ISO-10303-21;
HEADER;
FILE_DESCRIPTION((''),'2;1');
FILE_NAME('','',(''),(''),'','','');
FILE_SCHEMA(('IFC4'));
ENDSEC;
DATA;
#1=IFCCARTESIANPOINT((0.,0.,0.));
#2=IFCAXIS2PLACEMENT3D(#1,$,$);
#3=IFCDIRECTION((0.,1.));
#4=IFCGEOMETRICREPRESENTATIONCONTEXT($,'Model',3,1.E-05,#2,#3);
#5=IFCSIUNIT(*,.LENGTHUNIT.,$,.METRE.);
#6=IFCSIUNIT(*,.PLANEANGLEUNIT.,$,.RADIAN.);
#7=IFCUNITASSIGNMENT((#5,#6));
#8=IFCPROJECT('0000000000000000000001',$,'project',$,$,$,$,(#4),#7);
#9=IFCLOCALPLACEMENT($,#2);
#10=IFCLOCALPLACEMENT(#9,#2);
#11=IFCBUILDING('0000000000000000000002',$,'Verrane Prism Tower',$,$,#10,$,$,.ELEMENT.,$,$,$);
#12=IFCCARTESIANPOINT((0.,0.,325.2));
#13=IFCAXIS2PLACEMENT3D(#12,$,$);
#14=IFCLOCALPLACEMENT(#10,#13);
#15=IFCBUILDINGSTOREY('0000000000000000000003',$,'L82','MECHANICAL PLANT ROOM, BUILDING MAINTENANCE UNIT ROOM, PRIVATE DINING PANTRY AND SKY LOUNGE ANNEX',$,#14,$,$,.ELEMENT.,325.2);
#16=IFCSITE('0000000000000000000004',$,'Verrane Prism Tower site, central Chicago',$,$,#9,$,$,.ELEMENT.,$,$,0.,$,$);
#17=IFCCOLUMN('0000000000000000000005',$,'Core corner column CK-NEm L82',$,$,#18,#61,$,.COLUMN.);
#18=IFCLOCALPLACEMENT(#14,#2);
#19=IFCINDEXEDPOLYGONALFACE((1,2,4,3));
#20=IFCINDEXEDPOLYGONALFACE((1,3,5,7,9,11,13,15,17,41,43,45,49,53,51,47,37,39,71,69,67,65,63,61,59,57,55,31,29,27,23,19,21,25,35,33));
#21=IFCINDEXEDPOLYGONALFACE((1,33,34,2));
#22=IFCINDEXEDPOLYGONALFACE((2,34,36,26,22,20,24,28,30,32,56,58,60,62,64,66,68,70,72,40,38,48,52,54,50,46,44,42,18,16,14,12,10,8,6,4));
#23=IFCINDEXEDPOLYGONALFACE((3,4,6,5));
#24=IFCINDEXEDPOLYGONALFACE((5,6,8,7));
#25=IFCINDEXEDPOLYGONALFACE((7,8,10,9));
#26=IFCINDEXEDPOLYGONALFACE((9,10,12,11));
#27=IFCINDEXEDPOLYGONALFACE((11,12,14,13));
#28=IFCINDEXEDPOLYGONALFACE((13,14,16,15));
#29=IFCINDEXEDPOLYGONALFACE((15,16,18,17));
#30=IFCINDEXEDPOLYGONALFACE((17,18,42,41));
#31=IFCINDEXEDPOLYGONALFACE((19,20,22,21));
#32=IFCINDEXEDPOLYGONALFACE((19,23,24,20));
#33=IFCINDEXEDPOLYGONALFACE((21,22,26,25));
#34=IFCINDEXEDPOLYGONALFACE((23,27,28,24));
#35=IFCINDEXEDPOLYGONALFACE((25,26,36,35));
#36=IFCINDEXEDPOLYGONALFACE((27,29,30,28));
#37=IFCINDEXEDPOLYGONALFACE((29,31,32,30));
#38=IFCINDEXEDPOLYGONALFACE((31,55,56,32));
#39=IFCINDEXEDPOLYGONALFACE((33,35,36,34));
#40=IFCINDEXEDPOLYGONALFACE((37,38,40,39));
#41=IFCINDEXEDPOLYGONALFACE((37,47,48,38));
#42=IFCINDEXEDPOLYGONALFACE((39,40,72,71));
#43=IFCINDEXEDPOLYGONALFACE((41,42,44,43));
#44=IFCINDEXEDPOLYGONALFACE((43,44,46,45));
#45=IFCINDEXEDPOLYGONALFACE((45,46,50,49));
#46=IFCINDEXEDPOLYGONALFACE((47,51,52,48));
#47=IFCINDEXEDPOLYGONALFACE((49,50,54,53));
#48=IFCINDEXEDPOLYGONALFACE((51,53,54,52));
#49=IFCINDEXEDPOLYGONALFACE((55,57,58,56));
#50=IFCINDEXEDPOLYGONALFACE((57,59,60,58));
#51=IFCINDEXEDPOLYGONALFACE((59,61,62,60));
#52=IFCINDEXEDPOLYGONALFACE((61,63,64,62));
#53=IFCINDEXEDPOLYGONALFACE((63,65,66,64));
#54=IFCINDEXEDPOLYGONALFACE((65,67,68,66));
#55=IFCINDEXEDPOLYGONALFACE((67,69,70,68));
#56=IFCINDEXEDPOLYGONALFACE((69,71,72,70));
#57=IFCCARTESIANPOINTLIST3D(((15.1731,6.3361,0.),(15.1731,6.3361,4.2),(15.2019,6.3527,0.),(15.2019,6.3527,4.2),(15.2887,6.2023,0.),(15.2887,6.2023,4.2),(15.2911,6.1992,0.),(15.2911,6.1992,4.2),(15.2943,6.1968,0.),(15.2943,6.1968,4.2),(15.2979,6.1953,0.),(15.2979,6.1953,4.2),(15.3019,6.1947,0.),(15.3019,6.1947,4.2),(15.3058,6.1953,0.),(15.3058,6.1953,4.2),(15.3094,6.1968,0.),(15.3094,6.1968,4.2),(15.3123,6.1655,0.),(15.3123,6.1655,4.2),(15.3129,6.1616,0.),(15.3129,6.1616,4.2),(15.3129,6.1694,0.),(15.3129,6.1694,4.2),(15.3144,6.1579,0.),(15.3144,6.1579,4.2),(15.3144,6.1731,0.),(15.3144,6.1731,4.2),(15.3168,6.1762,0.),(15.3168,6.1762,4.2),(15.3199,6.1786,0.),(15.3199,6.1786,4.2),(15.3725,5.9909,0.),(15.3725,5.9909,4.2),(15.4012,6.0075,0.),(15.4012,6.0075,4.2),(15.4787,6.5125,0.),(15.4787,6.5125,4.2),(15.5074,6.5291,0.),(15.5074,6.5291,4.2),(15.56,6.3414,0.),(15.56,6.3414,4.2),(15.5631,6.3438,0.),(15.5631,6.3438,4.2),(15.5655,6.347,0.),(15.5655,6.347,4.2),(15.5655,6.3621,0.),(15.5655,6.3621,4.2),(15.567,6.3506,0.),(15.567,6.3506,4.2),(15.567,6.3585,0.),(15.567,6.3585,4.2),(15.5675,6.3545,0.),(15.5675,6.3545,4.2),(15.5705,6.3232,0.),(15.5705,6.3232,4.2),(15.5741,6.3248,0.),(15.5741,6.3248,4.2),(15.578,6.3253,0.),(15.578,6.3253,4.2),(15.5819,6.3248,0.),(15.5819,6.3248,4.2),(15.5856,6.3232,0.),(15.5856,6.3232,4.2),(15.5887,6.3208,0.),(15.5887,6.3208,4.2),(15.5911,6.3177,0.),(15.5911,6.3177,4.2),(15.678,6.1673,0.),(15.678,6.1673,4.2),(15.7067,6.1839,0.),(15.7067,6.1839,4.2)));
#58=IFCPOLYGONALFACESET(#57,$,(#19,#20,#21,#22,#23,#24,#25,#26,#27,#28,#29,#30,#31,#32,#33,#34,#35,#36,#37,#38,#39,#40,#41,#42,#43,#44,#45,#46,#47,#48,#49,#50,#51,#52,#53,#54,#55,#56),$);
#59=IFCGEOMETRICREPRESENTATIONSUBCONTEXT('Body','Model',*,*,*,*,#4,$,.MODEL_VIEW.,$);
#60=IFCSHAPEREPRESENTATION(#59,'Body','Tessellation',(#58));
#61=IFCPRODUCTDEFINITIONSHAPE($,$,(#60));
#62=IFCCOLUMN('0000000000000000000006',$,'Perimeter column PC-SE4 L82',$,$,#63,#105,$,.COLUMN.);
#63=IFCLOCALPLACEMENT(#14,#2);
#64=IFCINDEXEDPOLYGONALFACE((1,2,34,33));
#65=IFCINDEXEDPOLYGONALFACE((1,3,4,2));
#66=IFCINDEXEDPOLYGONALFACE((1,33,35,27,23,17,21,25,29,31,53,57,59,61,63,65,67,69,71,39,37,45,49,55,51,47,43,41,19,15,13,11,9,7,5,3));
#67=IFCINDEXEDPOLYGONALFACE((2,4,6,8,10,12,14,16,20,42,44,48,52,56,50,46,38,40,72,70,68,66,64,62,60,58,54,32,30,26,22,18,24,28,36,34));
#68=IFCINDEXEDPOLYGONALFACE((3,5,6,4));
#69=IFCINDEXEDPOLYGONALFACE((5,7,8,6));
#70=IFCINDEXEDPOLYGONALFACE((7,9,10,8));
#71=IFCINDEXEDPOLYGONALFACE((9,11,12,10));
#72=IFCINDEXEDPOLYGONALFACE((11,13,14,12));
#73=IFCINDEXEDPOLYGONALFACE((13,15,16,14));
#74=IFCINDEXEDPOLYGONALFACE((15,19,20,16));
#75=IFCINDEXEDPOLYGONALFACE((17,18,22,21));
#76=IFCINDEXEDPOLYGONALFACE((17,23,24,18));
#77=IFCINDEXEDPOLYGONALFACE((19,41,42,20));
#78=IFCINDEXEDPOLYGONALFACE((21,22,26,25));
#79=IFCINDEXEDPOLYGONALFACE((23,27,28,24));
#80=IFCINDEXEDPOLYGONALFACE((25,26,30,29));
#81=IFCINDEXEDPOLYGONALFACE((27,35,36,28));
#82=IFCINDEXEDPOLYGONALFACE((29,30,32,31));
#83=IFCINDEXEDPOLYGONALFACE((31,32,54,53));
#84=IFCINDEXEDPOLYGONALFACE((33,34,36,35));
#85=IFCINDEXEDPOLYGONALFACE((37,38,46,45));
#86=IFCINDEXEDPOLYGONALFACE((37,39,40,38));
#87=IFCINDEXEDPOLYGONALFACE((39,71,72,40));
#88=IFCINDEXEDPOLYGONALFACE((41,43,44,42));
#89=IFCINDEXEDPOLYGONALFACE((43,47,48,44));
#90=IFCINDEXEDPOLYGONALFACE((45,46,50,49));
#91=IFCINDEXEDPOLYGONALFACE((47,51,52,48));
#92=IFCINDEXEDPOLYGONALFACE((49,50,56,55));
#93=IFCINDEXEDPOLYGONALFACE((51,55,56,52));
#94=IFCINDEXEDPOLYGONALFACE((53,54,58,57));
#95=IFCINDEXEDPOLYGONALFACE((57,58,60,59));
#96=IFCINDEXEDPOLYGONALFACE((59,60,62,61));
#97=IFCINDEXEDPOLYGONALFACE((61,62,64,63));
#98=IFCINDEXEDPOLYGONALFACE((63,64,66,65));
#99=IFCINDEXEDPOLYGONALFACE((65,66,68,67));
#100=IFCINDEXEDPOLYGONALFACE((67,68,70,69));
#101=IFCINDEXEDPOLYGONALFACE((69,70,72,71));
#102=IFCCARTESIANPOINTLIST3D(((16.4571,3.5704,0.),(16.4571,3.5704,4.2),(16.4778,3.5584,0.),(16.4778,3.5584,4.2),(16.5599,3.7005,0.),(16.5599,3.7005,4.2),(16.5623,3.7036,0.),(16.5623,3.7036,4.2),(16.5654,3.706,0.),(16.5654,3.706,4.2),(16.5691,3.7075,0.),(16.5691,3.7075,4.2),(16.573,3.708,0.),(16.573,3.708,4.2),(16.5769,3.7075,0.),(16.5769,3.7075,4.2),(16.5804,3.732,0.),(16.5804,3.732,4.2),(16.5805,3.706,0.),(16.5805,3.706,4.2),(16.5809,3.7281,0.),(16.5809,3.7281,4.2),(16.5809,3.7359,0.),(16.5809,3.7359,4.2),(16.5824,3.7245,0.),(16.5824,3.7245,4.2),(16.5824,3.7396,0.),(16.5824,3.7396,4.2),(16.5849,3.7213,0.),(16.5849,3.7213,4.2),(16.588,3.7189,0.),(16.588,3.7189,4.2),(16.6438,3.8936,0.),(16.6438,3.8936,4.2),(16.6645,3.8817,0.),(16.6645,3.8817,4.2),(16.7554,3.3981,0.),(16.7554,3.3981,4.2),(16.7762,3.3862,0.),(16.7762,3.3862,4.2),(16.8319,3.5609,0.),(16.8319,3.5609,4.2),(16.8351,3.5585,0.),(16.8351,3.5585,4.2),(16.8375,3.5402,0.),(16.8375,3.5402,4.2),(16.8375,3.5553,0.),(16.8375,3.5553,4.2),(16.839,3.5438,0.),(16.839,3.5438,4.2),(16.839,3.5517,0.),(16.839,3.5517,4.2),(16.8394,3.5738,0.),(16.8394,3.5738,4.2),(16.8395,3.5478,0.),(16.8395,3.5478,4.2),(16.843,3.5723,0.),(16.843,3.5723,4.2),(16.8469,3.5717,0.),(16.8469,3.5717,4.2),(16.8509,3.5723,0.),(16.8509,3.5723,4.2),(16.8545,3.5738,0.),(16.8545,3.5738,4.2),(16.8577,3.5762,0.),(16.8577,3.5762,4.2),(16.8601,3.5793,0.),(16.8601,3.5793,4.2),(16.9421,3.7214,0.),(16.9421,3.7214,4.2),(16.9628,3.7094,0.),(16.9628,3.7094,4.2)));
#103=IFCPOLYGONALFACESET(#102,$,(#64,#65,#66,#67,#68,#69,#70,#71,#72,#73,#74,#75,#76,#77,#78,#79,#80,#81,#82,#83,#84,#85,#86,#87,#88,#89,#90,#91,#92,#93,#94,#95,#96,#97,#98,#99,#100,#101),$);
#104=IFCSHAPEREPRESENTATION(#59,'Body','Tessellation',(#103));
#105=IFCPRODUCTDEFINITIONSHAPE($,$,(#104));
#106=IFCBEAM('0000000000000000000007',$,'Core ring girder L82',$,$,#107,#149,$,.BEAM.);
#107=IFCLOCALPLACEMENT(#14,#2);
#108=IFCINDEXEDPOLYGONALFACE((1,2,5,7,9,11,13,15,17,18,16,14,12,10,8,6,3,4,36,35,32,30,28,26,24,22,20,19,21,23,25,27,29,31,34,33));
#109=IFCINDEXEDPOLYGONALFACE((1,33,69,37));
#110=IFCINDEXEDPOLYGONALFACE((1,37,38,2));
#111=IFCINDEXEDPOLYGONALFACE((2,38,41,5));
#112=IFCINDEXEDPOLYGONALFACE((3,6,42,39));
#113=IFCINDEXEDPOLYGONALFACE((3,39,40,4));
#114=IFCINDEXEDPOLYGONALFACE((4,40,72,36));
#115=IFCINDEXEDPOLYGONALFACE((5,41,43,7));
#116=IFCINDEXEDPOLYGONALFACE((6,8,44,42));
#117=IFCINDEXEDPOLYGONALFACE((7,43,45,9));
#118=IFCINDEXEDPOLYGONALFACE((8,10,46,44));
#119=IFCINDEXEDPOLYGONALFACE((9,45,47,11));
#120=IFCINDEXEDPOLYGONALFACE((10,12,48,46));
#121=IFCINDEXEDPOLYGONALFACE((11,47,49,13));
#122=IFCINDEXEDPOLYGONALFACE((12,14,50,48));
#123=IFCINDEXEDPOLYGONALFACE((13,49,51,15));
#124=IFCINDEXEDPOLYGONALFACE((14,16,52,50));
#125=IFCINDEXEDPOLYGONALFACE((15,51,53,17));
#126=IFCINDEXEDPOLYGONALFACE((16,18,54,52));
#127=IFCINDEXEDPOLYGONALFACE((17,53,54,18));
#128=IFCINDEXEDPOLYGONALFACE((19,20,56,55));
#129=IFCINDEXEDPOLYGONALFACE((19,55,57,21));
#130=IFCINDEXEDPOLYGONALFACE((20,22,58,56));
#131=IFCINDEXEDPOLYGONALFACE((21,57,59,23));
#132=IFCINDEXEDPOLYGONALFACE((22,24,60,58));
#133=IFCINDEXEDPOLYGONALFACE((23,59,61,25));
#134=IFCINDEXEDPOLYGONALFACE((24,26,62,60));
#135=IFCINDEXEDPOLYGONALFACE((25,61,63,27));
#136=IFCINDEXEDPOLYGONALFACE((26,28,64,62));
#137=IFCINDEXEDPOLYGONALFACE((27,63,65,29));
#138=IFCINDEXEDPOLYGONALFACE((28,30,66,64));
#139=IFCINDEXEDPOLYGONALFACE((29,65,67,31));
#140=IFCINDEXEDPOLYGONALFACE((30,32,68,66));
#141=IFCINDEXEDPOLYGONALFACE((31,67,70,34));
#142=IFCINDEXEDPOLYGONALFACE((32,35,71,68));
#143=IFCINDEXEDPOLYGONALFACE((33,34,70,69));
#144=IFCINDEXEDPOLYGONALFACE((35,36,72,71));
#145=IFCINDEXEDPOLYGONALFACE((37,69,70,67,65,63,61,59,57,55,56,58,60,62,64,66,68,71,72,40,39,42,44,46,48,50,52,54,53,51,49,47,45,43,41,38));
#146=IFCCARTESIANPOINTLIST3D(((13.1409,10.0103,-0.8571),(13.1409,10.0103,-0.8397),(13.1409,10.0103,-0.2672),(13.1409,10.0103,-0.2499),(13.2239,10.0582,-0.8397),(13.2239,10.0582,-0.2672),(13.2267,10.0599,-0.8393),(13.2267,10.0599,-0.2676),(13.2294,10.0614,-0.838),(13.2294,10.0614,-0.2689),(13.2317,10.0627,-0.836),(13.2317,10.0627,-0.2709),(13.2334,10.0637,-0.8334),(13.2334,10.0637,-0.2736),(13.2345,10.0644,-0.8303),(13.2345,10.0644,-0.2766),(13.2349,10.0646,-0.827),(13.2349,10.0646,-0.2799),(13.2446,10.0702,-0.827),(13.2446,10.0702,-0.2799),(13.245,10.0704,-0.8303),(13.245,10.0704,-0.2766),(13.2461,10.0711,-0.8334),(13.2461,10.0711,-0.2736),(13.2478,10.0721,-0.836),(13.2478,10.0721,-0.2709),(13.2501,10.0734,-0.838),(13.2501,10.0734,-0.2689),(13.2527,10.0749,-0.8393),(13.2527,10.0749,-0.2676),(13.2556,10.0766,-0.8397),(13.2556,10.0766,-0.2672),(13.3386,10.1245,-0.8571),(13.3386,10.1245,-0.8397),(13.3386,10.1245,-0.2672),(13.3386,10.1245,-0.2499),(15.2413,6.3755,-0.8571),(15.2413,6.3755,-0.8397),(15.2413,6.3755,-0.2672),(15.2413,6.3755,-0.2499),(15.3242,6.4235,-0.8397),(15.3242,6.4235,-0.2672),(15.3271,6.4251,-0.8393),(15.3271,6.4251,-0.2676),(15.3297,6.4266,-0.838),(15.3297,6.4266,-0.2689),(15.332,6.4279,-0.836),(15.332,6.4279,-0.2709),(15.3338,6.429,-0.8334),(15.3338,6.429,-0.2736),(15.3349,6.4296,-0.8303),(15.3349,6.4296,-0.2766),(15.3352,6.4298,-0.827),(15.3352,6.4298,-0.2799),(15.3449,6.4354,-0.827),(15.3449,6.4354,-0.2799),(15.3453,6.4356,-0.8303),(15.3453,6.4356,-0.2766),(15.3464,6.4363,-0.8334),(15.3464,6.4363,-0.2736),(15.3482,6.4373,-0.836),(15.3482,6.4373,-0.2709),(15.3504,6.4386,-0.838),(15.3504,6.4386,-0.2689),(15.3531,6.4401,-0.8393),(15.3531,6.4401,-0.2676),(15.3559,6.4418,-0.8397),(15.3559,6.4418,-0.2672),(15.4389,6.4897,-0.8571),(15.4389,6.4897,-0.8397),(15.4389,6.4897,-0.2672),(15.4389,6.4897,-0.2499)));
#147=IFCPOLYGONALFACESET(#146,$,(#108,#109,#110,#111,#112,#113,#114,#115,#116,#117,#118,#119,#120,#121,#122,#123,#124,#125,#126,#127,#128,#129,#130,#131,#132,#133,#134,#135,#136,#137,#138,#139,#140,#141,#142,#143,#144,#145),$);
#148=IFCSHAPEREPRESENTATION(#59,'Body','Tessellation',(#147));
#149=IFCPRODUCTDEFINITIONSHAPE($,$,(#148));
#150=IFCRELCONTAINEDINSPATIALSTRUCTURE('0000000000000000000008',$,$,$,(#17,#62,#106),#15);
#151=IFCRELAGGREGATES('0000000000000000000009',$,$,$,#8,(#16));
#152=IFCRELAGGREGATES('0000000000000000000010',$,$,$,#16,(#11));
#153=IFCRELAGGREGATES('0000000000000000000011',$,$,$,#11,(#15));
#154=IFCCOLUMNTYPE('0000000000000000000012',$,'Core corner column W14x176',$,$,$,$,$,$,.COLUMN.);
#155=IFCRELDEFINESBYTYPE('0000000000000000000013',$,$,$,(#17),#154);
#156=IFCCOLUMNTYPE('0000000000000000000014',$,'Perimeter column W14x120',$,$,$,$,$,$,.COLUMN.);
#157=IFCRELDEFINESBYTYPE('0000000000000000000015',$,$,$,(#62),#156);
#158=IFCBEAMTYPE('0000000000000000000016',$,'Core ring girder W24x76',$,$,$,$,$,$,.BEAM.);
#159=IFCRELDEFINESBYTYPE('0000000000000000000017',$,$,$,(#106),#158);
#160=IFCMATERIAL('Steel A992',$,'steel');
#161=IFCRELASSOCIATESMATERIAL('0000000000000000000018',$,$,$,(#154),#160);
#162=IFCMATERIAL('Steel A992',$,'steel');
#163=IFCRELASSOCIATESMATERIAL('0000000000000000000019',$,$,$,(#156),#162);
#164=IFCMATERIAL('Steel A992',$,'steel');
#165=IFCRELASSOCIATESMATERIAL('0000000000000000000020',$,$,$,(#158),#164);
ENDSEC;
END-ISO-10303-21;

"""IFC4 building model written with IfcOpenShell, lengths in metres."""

from ifc_helpers import new_model, si_unit, direction, frame, origin, origin_2d, place, context, subcontext, project, spatial, i_section, extrude, material, material_profile, profile_set, type_object, element, save


model = new_model("IFC4")

# Units and contexts
model_context = context("Model", 3, precision=1e-05, world=origin(), true_north=direction((0.0, 1.0)))
body_context = subcontext(model_context, "Body", "Model", "MODEL_VIEW")
ifc_project = project(units=[si_unit("LENGTHUNIT", "METRE"), si_unit("PLANEANGLEUNIT", "RADIAN")], contexts=[model_context])

# Site, building, storey
site_placement = place(None, origin())
site = spatial("IfcSite", under=ifc_project, at=site_placement, Name="Verrane Prism Tower site, central Chicago", CompositionType="ELEMENT", RefElevation=0.0)
building_placement = place(site_placement, origin())
building = spatial("IfcBuilding", under=site, at=building_placement, Name="Verrane Prism Tower", CompositionType="ELEMENT")
storey_placement = place(building_placement, frame((0.0, 0.0, 325.2)))
storey = spatial("IfcBuildingStorey", under=building, at=storey_placement, Name="L82", Description="MECHANICAL PLANT ROOM, BUILDING MAINTENANCE UNIT ROOM, PRIVATE DINING PANTRY AND SKY LOUNGE ANNEX", CompositionType="ELEMENT", Elevation=325.2)

# Columns
ifc_material_1 = material(Name="Steel A992", Category="steel")
ifc_material_profile_1 = material_profile(ifc_material_1, i_section(OverallWidth=0.3987, OverallDepth=0.386, WebThickness=0.021, FlangeThickness=0.0332, FilletRadius=0.0151, at=origin_2d()), Name="W14x176")
ifc_profile_set_1 = profile_set([ifc_material_profile_1], Name="Steel A992")
column_type_1 = type_object("IfcColumnType", Name="Core corner column W14x176", PredefinedType="COLUMN", material=ifc_profile_set_1)
column_1_placement = place(storey_placement, frame((15.4399, 6.26, 0.0), z_axis=(0.0, 0.0, 1.0), x_axis=(0.5, -0.866025, 0.0)))
element("IfcColumn", 1, at=column_1_placement, inside=storey, type_object=column_type_1, Name="Core corner column CK-NEm L82", PredefinedType="COLUMN", context=body_context, shape_type="SweptSolid", body=[
    extrude(i_section(OverallWidth=0.3987, OverallDepth=0.386, WebThickness=0.021, FlangeThickness=0.0332, FilletRadius=0.0151, at=origin_2d()), origin(), (0.0, 0.0, 1.0), 4.2),
])
ifc_material_2 = material(Name="Steel A992", Category="steel")
ifc_material_profile_2 = material_profile(ifc_material_2, i_section(OverallWidth=0.3733, OverallDepth=0.3684, WebThickness=0.0149, FlangeThickness=0.0239, FilletRadius=0.0151, at=origin_2d()), Name="W14x120")
ifc_profile_set_2 = profile_set([ifc_material_profile_2], Name="Steel A992")
column_type_2 = type_object("IfcColumnType", Name="Perimeter column W14x120", PredefinedType="COLUMN", material=ifc_profile_set_2)
column_2_placement = place(storey_placement, frame((16.71, 3.6399, 0.0), z_axis=(0.0, 0.0, 1.0), x_axis=(-0.5, -0.866025, 0.0)))
element("IfcColumn", 2, at=column_2_placement, inside=storey, type_object=column_type_2, Name="Perimeter column PC-SE4 L82", PredefinedType="COLUMN", context=body_context, shape_type="SweptSolid", body=[
    extrude(i_section(OverallWidth=0.3733, OverallDepth=0.3684, WebThickness=0.0149, FlangeThickness=0.0239, FilletRadius=0.0151, at=origin_2d()), origin(), (0.0, 0.0, 1.0), 4.2),
])

# Beam
ifc_material_3 = material(Name="Steel A992", Category="steel")
ifc_material_profile_3 = material_profile(ifc_material_3, i_section(OverallWidth=0.2283, OverallDepth=0.6072, WebThickness=0.0112, FlangeThickness=0.0173, FilletRadius=0.0127, at=origin_2d()), Name="W24x76")
ifc_profile_set_3 = profile_set([ifc_material_profile_3], Name="Steel A992")
beam_type_1 = type_object("IfcBeamType", Name="Core ring girder W24x76", PredefinedType="BEAM", material=ifc_profile_set_3)
beam_1_placement = place(storey_placement, frame((15.3401, 6.4326, -0.5535), z_axis=(-0.500323, 0.865839, 0.0), x_axis=(-0.865839, -0.500323, 0.0)))
element("IfcBeam", 3, at=beam_1_placement, inside=storey, type_object=beam_type_1, Name="Core ring girder L82", PredefinedType="BEAM", context=body_context, shape_type="SweptSolid", body=[
    extrude(i_section(OverallWidth=0.2283, OverallDepth=0.6072, WebThickness=0.0112, FlangeThickness=0.0173, FilletRadius=0.0127, at=origin_2d()), origin(), (0.0, 0.0, 1.0), 4.198),
])

save(model, "model.ifc")
